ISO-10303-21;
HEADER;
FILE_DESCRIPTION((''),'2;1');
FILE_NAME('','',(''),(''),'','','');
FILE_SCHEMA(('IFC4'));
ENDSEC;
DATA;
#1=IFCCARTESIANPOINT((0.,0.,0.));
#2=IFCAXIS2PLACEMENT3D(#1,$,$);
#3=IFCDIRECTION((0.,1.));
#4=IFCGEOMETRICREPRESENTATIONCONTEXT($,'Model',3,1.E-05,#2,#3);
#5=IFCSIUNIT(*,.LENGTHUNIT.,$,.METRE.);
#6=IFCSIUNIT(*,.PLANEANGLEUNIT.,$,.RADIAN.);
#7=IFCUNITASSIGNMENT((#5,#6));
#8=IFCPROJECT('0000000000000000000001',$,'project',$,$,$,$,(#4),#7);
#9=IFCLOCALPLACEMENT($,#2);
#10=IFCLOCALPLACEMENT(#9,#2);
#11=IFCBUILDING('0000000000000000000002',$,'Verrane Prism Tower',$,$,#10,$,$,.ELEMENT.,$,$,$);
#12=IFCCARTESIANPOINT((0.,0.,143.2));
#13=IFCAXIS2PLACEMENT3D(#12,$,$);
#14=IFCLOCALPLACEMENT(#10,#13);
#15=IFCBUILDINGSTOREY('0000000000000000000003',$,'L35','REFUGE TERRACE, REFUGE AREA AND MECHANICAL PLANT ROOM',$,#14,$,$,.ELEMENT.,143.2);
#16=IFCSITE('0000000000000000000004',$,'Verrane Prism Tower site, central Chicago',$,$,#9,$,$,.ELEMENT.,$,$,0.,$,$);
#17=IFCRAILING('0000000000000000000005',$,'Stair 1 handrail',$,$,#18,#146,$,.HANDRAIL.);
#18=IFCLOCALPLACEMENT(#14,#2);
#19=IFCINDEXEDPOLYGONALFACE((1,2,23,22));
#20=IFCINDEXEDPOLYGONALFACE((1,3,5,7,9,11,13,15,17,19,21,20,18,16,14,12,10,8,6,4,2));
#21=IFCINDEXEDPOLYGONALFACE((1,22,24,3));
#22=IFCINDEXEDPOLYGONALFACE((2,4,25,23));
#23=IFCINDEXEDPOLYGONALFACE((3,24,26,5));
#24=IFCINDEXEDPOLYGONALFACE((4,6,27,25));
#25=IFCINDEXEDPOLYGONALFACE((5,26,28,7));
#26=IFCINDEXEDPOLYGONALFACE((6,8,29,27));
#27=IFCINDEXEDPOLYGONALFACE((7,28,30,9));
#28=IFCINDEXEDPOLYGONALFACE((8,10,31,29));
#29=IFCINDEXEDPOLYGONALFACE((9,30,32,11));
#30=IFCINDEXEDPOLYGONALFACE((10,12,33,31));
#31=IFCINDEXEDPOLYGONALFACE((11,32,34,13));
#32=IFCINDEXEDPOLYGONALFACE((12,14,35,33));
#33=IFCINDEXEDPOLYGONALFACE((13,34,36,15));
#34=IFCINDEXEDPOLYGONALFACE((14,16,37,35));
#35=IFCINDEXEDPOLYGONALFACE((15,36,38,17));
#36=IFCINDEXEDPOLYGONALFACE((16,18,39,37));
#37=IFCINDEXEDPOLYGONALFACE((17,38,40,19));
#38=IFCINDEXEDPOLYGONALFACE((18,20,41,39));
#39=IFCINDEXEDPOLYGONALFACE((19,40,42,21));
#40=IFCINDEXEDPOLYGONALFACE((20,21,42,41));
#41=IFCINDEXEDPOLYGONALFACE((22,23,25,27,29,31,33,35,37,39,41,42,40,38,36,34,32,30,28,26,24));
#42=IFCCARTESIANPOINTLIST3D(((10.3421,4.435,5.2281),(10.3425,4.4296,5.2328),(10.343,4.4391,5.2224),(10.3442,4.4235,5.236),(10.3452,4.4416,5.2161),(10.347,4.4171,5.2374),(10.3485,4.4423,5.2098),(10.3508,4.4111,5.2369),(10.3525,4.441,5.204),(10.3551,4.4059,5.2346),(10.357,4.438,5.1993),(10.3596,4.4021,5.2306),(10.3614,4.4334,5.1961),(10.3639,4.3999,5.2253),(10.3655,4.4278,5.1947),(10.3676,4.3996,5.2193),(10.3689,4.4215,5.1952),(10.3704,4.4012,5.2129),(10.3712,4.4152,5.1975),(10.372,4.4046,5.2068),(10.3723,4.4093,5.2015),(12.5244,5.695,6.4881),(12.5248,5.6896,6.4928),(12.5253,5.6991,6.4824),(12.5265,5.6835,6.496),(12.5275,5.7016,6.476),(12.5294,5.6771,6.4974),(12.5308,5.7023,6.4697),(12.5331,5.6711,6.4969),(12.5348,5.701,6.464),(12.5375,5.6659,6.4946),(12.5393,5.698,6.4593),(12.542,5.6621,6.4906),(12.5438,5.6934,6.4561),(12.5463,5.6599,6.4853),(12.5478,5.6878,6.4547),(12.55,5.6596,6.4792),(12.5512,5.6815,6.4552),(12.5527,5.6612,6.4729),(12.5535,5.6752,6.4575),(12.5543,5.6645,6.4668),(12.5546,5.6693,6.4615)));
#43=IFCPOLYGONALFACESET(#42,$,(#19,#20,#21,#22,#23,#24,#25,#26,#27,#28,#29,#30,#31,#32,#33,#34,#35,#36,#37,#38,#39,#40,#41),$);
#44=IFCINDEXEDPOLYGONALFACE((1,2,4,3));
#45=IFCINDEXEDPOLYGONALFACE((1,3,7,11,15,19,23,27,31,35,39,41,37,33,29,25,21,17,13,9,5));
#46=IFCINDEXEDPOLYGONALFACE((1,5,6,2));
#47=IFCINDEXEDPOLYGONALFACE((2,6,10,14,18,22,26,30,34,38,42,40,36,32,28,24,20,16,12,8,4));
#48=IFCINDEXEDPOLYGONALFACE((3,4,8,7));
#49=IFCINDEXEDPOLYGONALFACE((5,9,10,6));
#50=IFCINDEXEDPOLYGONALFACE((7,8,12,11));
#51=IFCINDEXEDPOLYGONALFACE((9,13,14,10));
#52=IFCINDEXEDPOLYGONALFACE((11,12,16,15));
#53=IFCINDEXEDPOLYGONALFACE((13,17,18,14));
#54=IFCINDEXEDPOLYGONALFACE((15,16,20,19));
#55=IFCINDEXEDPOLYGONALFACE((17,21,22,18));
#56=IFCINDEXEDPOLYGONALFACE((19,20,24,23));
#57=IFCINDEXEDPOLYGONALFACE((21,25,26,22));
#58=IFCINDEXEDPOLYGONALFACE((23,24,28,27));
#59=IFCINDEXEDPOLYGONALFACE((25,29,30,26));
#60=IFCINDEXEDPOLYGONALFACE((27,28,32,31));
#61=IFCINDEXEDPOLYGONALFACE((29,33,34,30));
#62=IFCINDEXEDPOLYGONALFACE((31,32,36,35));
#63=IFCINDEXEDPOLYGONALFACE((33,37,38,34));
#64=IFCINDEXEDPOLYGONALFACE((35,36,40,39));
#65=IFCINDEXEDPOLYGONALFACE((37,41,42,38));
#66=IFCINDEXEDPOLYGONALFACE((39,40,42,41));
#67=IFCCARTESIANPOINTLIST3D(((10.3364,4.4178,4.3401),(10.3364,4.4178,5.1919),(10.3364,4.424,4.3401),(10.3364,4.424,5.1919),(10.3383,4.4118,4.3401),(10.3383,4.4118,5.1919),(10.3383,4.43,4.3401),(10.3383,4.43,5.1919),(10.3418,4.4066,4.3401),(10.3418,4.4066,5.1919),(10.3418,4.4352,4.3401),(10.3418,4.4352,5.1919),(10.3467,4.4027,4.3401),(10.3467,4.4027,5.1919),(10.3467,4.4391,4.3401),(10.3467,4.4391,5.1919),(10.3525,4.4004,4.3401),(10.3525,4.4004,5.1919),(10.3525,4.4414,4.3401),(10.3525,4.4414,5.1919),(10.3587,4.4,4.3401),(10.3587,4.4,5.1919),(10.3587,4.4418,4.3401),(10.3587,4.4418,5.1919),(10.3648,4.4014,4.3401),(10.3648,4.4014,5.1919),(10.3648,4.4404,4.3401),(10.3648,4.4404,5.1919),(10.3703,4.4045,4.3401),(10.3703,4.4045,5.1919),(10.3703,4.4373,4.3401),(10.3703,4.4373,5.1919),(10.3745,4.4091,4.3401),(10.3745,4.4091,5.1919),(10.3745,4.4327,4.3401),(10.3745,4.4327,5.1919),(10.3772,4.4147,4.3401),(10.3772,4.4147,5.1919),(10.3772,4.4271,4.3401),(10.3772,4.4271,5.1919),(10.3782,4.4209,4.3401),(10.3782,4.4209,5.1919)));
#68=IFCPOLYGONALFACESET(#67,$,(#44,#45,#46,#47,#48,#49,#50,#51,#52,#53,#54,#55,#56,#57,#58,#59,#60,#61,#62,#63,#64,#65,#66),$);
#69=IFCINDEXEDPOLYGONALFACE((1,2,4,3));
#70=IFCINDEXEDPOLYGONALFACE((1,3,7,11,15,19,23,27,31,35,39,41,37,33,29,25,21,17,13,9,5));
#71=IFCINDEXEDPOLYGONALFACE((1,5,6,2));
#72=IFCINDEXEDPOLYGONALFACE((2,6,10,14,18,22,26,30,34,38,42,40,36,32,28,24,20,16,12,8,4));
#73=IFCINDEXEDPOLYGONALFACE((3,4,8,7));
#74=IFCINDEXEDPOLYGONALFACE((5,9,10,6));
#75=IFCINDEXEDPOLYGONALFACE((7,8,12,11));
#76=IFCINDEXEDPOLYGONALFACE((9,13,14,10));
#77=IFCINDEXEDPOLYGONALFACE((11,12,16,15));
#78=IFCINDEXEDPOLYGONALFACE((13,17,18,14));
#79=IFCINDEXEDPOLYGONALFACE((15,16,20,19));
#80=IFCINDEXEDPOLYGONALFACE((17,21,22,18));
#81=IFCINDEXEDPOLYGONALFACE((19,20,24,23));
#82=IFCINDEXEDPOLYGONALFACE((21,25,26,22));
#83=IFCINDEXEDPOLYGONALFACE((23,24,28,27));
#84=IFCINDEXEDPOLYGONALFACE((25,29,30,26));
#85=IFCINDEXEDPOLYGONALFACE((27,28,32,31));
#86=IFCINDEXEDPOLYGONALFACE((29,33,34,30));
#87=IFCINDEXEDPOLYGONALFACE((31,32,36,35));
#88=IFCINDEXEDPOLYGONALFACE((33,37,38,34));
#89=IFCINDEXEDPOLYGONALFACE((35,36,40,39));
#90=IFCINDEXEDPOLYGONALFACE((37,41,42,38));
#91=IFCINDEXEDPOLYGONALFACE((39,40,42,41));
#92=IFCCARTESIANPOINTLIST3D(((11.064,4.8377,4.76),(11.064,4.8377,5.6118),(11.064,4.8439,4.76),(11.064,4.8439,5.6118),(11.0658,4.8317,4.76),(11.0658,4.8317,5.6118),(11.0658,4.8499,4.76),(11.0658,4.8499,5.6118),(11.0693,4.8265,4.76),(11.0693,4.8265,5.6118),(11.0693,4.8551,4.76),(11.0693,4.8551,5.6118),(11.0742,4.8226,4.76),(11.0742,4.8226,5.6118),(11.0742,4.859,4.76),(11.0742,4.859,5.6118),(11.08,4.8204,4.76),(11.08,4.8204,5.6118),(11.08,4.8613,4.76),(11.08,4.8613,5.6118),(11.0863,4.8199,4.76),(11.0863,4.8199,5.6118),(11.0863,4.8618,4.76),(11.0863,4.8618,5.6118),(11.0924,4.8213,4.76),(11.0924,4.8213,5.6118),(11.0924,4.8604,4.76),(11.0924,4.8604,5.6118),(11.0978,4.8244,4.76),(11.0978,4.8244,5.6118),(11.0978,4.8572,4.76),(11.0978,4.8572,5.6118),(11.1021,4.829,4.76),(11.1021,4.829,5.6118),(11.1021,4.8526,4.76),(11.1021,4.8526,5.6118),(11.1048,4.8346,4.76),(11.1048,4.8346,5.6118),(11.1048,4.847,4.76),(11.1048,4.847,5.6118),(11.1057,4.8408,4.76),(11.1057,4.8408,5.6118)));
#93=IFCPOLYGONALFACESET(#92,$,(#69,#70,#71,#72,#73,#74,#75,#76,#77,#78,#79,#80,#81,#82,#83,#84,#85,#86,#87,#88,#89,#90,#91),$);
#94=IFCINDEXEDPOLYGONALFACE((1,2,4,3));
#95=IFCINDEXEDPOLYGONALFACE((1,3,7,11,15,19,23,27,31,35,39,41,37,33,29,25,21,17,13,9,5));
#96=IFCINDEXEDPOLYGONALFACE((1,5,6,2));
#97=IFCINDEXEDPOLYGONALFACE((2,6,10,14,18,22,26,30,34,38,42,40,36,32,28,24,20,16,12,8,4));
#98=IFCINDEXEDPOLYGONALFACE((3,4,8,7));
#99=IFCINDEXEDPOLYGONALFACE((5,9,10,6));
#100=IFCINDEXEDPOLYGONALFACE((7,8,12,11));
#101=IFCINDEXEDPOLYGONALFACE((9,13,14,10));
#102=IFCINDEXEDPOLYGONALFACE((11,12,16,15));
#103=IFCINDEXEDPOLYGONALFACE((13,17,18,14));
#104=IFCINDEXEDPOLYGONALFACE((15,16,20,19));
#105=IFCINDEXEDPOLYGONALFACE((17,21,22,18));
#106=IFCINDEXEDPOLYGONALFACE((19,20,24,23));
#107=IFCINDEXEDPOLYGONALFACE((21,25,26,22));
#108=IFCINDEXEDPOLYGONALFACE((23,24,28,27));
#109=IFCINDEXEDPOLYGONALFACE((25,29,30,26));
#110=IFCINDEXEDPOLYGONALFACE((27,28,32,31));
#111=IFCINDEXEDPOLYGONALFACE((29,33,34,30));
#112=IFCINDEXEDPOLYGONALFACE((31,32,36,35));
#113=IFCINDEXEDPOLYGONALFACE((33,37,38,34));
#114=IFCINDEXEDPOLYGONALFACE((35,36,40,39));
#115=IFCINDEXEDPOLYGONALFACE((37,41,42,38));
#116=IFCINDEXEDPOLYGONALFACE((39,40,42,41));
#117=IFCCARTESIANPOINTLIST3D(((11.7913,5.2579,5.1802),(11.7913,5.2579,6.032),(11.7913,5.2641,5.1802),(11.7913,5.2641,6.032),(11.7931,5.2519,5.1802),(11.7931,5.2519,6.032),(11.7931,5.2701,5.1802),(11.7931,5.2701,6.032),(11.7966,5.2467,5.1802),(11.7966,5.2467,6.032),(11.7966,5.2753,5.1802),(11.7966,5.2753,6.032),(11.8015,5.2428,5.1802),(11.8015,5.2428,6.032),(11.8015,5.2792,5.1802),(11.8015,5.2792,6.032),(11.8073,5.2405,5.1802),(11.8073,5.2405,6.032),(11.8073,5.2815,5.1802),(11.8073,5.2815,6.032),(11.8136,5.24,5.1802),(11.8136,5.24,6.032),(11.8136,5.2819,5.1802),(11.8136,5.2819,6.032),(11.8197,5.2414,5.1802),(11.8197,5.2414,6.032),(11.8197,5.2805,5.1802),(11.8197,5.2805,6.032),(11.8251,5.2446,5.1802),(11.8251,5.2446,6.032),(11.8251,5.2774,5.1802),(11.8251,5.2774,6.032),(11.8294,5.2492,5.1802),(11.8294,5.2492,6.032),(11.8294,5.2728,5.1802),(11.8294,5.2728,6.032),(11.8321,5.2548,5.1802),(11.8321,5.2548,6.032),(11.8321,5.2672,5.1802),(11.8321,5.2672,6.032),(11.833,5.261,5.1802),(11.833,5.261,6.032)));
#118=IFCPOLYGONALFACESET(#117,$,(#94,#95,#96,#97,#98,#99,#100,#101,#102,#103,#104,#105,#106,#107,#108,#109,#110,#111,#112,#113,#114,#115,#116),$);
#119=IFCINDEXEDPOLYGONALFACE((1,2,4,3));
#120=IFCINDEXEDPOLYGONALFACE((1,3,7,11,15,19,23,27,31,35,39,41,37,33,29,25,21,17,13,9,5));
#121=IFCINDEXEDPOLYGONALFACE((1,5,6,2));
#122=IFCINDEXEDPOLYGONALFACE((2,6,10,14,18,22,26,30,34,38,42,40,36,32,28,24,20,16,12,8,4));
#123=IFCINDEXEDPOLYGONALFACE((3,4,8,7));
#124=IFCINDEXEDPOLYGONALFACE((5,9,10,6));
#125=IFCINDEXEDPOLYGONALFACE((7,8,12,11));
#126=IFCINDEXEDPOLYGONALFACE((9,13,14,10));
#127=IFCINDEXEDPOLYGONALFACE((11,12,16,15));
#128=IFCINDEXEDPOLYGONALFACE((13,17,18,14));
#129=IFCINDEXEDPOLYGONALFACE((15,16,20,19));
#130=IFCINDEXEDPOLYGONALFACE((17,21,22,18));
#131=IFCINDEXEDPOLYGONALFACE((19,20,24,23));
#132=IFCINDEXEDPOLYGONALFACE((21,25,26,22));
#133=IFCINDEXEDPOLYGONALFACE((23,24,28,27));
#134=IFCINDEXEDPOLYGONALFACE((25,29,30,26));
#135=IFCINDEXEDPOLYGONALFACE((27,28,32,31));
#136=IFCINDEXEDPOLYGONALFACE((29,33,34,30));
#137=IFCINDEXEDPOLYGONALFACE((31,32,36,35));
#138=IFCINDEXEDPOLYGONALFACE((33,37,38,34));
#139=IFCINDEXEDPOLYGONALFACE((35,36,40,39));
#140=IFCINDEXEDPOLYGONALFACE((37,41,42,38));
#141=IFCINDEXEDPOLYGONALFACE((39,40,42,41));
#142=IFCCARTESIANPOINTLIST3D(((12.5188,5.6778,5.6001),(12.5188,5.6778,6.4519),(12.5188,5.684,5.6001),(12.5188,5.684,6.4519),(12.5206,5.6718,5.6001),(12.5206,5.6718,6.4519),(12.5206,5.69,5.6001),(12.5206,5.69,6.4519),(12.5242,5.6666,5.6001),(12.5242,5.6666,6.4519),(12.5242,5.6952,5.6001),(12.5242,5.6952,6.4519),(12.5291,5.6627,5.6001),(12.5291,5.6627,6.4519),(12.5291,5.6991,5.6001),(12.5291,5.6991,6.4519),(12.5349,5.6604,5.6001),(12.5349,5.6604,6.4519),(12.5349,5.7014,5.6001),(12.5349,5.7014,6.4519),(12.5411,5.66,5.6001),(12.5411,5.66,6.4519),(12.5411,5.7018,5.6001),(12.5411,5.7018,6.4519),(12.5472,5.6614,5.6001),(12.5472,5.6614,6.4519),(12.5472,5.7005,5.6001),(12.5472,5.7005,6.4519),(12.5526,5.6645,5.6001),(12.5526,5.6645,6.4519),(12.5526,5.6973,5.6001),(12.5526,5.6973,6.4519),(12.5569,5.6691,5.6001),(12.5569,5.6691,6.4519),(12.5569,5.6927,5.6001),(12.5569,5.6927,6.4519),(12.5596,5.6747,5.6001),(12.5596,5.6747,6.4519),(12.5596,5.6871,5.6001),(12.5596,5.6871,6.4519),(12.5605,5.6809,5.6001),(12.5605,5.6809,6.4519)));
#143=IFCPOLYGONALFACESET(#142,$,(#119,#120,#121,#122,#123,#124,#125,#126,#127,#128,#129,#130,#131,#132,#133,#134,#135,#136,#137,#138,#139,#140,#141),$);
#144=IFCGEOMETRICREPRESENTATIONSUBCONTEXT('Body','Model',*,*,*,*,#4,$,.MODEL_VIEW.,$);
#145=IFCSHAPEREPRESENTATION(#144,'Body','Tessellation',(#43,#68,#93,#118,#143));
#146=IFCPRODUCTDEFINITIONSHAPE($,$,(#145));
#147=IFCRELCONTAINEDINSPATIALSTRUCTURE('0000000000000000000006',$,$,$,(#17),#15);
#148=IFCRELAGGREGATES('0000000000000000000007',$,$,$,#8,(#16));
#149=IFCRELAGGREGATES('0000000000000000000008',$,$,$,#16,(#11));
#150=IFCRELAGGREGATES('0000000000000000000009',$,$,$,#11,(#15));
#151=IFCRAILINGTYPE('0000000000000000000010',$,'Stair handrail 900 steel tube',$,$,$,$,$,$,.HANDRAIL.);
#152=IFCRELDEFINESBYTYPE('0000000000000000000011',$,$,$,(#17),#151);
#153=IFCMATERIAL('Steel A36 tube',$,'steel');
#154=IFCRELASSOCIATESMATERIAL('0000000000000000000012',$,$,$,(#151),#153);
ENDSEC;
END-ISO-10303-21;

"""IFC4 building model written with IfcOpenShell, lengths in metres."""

from ifc_helpers import new_model, si_unit, direction, frame, origin, origin_2d, place, context, subcontext, project, spatial, circle, extrude, material, type_object, element, save


model = new_model("IFC4")

# Units and contexts
model_context = context("Model", 3, precision=1e-05, world=origin(), true_north=direction((0.0, 1.0)))
body_context = subcontext(model_context, "Body", "Model", "MODEL_VIEW")
ifc_project = project(units=[si_unit("LENGTHUNIT", "METRE"), si_unit("PLANEANGLEUNIT", "RADIAN")], contexts=[model_context])

# Site, building, storey
site_placement = place(None, origin())
site = spatial("IfcSite", under=ifc_project, at=site_placement, Name="Verrane Prism Tower site, central Chicago", CompositionType="ELEMENT", RefElevation=0.0)
building_placement = place(site_placement, origin())
building = spatial("IfcBuilding", under=site, at=building_placement, Name="Verrane Prism Tower", CompositionType="ELEMENT")
storey_placement = place(building_placement, frame((0.0, 0.0, 143.2)))
storey = spatial("IfcBuildingStorey", under=building, at=storey_placement, Name="L35", Description="REFUGE TERRACE, REFUGE AREA AND MECHANICAL PLANT ROOM", CompositionType="ELEMENT", Elevation=143.2)

# Railing
ifc_material_1 = material(Name="Steel A36 tube", Category="steel")
railing_type_1 = type_object("IfcRailingType", Name="Stair handrail 900 steel tube", PredefinedType="HANDRAIL", material=ifc_material_1)
railing_1_placement = place(storey_placement, frame((10.3572, 4.4209, 4.3401)))
element("IfcRailing", 1, at=railing_1_placement, inside=storey, type_object=railing_type_1, Name="Stair 1 handrail", PredefinedType="HANDRAIL", context=body_context, shape_type="SweptSolid", body=[
    extrude(circle(Radius=0.0239, at=origin_2d()), frame((0.0, 0.0, 0.876), z_axis=(0.774593, 0.447217, 0.447217), x_axis=(-0.500005, 0.866023, 0.0)), (0.0, 0.0, 1.0), 2.8174),
    extrude(circle(Radius=0.021, at=origin_2d()), origin(), (0.0, 0.0, 1.0), 0.8518),
    extrude(circle(Radius=0.021, at=origin_2d()), frame((0.7275, 0.4199, 0.4199)), (0.0, 0.0, 1.0), 0.8518),
    extrude(circle(Radius=0.021, at=origin_2d()), frame((1.4548, 0.8401, 0.8401)), (0.0, 0.0, 1.0), 0.8518),
    extrude(circle(Radius=0.021, at=origin_2d()), frame((2.1824, 1.26, 1.26)), (0.0, 0.0, 1.0), 0.8518),
])

save(model, "model.ifc")
